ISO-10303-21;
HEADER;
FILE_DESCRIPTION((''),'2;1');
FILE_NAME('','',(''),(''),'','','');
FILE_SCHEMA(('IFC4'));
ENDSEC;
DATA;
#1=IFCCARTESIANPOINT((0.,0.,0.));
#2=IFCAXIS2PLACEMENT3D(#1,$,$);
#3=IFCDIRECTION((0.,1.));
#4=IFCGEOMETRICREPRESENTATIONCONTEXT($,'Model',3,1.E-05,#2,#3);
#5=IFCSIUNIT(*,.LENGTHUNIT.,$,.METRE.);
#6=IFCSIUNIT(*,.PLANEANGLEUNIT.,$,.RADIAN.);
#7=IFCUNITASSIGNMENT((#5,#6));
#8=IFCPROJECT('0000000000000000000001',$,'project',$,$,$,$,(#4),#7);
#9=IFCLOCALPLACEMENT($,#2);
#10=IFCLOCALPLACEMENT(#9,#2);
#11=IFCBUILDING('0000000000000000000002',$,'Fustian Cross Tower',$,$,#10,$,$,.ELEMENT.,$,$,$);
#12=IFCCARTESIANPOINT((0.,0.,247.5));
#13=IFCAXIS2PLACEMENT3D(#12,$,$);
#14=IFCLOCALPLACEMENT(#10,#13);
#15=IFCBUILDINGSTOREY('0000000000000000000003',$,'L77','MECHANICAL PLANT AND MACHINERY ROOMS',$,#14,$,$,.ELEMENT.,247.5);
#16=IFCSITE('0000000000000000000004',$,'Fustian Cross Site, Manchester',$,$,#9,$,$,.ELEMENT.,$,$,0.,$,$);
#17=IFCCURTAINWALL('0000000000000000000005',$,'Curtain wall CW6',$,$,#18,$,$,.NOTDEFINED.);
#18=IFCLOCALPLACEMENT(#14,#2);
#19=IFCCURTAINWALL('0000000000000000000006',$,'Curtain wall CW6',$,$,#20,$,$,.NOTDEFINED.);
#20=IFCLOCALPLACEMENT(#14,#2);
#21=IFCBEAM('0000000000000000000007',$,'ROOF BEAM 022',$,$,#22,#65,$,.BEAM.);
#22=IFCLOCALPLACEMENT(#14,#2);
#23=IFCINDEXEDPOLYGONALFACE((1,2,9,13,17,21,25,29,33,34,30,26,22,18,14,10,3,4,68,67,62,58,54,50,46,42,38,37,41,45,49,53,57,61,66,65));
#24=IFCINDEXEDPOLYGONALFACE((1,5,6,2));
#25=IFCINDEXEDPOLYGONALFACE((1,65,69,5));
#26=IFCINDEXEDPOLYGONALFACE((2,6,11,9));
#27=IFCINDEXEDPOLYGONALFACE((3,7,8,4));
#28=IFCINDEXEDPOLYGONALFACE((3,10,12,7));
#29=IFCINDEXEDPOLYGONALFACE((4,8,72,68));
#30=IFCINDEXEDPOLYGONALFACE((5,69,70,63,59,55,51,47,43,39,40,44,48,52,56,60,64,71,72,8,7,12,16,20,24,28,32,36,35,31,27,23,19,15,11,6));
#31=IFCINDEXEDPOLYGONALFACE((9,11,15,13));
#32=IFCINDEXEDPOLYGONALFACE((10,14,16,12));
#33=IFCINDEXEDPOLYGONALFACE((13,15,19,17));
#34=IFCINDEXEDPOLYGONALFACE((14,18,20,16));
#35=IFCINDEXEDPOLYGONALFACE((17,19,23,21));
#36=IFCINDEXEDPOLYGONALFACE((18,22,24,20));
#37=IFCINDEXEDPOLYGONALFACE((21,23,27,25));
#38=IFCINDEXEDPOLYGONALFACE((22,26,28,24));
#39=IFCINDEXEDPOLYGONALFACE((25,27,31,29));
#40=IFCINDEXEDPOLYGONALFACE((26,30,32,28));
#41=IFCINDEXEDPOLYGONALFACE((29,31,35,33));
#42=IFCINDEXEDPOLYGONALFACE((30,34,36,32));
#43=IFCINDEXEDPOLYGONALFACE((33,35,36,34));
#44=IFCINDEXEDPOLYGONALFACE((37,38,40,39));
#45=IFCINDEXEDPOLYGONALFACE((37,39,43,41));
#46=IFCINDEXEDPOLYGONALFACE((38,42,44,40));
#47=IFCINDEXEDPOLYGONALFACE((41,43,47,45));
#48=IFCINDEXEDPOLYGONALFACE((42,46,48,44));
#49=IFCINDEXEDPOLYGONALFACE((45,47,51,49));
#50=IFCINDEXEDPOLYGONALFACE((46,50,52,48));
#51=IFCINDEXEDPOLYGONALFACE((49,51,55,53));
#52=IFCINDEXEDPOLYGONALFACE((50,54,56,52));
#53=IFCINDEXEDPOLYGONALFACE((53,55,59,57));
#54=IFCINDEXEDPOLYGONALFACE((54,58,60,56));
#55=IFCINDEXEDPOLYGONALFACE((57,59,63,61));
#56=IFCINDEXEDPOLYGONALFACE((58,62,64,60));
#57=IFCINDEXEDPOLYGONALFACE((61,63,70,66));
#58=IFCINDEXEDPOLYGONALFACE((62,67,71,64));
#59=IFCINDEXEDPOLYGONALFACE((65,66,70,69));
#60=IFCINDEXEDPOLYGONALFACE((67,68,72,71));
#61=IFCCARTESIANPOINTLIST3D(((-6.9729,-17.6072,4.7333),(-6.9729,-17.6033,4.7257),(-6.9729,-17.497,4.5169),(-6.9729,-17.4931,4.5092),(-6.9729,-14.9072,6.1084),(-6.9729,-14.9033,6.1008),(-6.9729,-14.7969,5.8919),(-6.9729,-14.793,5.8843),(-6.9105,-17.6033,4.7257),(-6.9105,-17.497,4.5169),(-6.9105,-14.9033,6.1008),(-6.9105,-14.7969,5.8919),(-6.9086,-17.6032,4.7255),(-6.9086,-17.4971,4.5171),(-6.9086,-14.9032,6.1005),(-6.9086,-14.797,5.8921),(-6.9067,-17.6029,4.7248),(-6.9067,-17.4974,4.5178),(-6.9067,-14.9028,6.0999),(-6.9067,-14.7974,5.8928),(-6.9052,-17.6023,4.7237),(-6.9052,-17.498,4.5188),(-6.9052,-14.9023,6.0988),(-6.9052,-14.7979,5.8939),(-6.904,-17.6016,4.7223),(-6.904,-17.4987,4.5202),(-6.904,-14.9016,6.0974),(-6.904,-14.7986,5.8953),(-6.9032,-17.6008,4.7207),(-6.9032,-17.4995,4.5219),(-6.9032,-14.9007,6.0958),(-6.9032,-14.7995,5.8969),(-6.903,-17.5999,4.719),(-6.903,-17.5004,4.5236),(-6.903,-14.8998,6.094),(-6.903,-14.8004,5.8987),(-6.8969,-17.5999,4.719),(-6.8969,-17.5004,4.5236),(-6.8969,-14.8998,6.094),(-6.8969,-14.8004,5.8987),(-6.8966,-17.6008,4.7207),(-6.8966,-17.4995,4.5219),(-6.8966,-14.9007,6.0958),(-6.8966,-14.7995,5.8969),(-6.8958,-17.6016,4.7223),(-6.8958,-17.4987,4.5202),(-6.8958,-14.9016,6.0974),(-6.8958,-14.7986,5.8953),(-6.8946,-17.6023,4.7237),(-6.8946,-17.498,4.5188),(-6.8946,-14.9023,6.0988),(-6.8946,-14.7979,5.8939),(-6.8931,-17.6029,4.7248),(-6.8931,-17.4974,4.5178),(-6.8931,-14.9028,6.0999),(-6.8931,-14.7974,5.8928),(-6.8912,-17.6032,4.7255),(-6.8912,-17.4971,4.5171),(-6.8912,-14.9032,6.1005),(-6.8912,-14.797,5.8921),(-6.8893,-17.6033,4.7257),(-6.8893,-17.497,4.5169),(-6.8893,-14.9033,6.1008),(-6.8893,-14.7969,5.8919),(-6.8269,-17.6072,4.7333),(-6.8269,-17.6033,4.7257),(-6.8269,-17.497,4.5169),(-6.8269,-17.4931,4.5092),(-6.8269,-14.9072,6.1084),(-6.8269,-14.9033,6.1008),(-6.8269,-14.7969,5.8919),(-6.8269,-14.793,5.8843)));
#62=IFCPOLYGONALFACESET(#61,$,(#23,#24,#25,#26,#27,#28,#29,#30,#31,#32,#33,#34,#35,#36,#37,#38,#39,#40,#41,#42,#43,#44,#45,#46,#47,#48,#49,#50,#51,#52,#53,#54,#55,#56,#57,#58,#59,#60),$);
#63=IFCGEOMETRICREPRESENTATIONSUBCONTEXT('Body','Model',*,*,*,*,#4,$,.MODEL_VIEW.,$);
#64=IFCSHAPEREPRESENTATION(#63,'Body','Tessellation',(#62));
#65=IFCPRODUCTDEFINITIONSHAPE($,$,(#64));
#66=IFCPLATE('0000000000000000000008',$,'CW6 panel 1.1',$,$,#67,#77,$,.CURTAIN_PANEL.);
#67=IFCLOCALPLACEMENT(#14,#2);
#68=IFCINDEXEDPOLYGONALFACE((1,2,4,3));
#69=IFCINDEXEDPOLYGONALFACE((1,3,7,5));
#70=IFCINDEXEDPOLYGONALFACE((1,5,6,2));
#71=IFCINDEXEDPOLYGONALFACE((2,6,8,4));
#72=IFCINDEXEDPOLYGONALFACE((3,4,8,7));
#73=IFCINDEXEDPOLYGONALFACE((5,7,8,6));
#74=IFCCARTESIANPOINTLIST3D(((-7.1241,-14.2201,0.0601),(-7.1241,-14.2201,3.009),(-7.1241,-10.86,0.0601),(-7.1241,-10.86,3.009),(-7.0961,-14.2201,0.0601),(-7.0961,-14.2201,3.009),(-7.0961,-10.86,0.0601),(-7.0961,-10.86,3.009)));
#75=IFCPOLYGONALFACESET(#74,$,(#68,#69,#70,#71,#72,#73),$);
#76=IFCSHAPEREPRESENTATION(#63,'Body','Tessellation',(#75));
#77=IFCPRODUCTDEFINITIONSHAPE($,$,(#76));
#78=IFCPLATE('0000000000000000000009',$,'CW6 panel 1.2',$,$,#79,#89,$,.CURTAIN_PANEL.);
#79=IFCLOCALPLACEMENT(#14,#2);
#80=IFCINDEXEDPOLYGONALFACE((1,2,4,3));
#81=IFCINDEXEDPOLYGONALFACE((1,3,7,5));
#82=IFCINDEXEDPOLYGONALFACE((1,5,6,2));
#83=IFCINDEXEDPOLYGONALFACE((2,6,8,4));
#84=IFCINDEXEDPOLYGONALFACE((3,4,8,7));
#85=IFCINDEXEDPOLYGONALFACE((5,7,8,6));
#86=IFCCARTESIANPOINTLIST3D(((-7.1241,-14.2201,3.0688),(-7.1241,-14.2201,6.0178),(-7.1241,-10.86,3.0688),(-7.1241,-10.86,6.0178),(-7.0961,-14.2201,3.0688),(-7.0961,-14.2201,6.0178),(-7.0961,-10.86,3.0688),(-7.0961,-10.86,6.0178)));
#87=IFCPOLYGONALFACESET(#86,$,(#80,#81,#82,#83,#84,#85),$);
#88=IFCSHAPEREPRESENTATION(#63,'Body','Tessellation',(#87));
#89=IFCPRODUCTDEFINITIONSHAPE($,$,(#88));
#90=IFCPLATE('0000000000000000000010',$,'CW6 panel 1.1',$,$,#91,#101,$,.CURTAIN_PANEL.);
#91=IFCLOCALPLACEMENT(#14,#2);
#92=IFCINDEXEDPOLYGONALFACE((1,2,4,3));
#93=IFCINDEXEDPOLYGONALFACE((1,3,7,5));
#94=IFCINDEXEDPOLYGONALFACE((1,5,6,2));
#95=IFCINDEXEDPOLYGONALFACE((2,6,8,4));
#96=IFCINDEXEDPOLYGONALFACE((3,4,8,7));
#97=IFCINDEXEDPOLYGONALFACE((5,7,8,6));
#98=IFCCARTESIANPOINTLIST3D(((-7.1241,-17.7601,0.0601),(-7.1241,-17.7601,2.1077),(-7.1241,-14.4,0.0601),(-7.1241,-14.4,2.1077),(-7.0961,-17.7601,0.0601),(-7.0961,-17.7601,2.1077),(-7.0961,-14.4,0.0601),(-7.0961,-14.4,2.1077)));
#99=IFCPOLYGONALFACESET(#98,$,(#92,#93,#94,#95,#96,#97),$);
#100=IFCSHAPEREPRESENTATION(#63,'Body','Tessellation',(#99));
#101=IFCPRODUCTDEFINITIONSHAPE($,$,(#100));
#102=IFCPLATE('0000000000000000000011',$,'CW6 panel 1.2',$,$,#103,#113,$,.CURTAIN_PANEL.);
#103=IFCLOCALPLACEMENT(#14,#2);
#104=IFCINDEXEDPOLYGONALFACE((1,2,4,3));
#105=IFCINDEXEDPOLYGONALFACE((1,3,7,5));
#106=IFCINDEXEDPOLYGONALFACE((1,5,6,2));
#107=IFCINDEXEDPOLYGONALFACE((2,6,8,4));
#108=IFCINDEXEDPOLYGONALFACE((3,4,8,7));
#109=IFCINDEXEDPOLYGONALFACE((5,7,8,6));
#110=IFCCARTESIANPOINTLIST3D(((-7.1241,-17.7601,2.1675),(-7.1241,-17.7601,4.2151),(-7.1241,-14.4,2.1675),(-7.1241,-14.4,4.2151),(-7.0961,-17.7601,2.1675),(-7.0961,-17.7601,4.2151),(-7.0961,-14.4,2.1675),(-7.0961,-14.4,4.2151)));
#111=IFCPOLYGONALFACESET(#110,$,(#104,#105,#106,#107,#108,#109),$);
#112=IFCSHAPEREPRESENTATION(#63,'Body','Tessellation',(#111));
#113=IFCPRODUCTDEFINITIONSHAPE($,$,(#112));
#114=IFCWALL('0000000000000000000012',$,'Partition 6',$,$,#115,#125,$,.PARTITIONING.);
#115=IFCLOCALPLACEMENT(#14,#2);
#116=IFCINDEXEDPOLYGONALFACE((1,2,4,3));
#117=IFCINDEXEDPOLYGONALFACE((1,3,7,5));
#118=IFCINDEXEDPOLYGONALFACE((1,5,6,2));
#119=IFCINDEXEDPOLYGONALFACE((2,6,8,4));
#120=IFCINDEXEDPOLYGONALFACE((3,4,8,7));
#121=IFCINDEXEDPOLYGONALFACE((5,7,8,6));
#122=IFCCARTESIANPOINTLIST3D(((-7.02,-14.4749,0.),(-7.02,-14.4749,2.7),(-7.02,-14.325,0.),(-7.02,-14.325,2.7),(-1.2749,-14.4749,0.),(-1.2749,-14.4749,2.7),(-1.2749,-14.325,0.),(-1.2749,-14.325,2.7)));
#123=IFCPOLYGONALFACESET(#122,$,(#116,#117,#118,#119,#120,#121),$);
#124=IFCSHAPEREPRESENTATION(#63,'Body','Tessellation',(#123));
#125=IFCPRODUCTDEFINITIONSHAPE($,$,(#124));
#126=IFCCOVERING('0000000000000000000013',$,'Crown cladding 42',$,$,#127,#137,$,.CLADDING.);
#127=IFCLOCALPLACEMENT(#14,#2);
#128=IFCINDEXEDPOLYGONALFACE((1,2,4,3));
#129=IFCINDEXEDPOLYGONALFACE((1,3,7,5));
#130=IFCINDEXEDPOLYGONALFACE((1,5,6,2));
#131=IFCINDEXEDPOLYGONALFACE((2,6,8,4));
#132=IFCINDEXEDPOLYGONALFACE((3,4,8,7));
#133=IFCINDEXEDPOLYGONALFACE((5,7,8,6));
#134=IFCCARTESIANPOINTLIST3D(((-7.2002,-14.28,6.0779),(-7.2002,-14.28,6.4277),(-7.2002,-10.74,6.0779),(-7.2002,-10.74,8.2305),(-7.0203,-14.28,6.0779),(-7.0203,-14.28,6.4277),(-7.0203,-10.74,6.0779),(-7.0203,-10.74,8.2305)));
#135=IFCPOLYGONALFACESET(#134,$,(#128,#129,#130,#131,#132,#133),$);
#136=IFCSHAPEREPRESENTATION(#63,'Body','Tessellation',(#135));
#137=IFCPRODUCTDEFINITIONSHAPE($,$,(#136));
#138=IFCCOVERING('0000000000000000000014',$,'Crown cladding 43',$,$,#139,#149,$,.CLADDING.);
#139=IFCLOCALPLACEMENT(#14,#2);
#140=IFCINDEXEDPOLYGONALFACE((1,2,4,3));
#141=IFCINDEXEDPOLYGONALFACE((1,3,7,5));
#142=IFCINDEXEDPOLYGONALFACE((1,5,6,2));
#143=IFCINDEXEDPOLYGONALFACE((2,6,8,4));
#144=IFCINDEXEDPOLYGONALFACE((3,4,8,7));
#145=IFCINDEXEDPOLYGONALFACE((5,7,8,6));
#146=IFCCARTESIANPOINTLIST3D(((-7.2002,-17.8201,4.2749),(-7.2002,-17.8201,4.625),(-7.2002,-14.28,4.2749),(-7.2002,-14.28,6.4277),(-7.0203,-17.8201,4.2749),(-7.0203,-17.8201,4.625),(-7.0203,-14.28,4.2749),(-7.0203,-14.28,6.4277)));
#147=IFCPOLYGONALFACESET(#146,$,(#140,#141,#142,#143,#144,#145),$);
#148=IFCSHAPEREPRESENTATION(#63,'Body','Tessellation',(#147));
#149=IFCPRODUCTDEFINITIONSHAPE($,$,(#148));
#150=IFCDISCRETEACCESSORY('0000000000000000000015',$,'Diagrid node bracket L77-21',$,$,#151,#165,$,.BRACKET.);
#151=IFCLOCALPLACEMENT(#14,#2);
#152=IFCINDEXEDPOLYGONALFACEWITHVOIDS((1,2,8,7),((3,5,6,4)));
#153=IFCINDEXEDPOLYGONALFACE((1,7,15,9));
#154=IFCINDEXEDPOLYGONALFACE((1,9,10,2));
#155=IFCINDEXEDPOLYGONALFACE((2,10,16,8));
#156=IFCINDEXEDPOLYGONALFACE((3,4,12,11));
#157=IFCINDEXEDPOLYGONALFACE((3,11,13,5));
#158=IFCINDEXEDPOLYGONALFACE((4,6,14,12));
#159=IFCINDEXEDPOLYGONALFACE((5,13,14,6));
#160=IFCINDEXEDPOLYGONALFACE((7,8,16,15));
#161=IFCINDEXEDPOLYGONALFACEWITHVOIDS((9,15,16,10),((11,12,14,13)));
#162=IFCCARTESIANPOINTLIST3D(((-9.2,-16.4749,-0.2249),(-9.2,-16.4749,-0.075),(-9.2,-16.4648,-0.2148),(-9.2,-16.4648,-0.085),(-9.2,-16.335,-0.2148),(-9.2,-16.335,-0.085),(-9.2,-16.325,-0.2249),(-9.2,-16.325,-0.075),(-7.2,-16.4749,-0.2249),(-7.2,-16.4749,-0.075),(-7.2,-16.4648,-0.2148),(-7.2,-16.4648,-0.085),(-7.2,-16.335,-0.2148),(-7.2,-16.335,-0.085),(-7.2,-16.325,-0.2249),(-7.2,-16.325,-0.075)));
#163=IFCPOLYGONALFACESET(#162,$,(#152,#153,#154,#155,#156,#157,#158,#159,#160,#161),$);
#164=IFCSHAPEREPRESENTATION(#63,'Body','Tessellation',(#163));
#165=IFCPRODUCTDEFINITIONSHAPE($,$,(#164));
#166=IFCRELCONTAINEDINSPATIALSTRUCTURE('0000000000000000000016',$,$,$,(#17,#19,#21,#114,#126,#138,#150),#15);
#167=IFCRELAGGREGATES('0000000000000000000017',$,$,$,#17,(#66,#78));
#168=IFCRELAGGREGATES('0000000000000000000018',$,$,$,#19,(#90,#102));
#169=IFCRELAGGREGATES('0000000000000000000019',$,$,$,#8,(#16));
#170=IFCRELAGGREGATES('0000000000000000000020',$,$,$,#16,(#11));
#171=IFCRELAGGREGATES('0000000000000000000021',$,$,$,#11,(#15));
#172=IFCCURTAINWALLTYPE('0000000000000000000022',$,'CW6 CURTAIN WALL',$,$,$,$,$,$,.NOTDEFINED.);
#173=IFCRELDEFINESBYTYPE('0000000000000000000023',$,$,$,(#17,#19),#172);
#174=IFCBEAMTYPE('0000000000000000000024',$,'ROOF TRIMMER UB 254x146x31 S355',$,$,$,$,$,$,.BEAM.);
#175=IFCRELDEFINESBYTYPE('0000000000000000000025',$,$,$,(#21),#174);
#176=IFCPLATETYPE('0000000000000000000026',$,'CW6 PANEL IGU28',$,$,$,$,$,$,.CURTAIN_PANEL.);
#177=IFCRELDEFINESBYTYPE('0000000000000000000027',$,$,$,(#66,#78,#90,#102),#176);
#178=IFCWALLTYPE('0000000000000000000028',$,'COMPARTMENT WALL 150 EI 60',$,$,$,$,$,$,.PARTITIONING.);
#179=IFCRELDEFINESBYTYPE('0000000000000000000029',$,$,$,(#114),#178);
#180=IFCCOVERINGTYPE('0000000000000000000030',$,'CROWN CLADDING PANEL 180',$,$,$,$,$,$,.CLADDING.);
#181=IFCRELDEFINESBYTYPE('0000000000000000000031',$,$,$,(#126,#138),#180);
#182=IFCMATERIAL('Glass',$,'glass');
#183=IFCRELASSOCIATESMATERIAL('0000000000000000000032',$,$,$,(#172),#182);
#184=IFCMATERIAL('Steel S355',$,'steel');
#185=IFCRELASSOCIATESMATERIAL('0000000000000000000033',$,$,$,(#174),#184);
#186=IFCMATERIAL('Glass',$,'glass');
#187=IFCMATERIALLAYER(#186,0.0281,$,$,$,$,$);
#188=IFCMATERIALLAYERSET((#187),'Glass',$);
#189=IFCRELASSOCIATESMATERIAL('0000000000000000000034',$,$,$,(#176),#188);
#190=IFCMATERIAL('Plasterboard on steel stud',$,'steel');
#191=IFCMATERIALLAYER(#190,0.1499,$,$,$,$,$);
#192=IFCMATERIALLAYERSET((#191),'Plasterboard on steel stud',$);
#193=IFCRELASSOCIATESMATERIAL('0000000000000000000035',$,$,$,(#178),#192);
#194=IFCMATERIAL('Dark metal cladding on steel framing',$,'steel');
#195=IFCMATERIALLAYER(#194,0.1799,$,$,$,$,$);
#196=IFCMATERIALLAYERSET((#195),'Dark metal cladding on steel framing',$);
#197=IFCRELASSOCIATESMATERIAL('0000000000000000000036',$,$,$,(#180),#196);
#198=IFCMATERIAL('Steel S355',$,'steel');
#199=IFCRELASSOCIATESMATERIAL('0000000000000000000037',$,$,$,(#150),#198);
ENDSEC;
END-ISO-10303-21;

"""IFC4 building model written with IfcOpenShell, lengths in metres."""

from ifc_helpers import new_model, si_unit, direction, frame, frame_2d, origin, origin_2d, place, context, subcontext, project, spatial, polyline, rectangle, hollow_rectangle, i_section, outline, extrude, material, layer, layer_set, material_profile, profile_set, type_object, element, aggregate, save


model = new_model("IFC4")

# Units and contexts
model_context = context("Model", 3, precision=1e-05, world=origin(), true_north=direction((0.0, 1.0)))
body_context = subcontext(model_context, "Body", "Model", "MODEL_VIEW")
ifc_project = project(units=[si_unit("LENGTHUNIT", "METRE"), si_unit("PLANEANGLEUNIT", "RADIAN")], contexts=[model_context])

# Site, building, storey
site_placement = place(None, origin())
site = spatial("IfcSite", under=ifc_project, at=site_placement, Name="Fustian Cross Site, Manchester", CompositionType="ELEMENT", RefElevation=0.0)
building_placement = place(site_placement, origin())
building = spatial("IfcBuilding", under=site, at=building_placement, Name="Fustian Cross Tower", CompositionType="ELEMENT")
storey_placement = place(building_placement, frame((0.0, 0.0, 247.5)))
storey = spatial("IfcBuildingStorey", under=building, at=storey_placement, Name="L77", Description="MECHANICAL PLANT AND MACHINERY ROOMS", CompositionType="ELEMENT", Elevation=247.5)

# Shared definitions
ifc_material_1 = material(Name="Glass", Category="glass")
curtain_wall_type = type_object("IfcCurtainWallType", Name="CW6 CURTAIN WALL", PredefinedType="NOTDEFINED", material=ifc_material_1)

# Curtain wall
curtain_wall_1_placement = place(storey_placement, origin())
curtain_wall_1 = element("IfcCurtainWall", 1, at=curtain_wall_1_placement, inside=storey, type_object=curtain_wall_type, Name="Curtain wall CW6", PredefinedType="NOTDEFINED")

# Curtain wall
curtain_wall_2_placement = place(storey_placement, origin())
curtain_wall_2 = element("IfcCurtainWall", 2, at=curtain_wall_2_placement, inside=storey, type_object=curtain_wall_type, Name="Curtain wall CW6", PredefinedType="NOTDEFINED")

# Beam
ifc_material_2 = material(Name="Steel S355", Category="steel")
ifc_material_profile_1 = material_profile(ifc_material_2, i_section(OverallWidth=0.146, OverallDepth=0.2515, WebThickness=0.0061, FlangeThickness=0.0085, FilletRadius=0.0076, at=origin_2d()), Name="UB 254x146x31")
ifc_profile_set_1 = profile_set([ifc_material_profile_1], Name="Steel S355")
beam_type_1 = type_object("IfcBeamType", Name="ROOF TRIMMER UB 254x146x31 S355", PredefinedType="BEAM", material=ifc_profile_set_1)
beam_1_placement = place(storey_placement, frame((-6.8999, -14.8501, 5.9963), z_axis=(0.0, -0.891099, -0.453809), x_axis=(1.0, 0.0, 0.0)))
element("IfcBeam", 3, at=beam_1_placement, inside=storey, type_object=beam_type_1, Name="ROOF BEAM 022", PredefinedType="BEAM", context=body_context, shape_type="SweptSolid", body=[
    extrude(i_section(OverallWidth=0.146, OverallDepth=0.2515, WebThickness=0.0061, FlangeThickness=0.0085, FilletRadius=0.0076, at=origin_2d()), origin(), (0.0, 0.0, 1.0), 3.03),
])

# Plates
ifc_material_3 = material(Name="Glass", Category="glass")
ifc_layer_1 = layer(ifc_material_3, 0.0281)
ifc_layer_set_1 = layer_set([ifc_layer_1], Name="Glass")
plate_type = type_object("IfcPlateType", Name="CW6 PANEL IGU28", PredefinedType="CURTAIN_PANEL", material=ifc_layer_set_1)
plate_1_placement = place(storey_placement, frame((-7.1101, -12.54, 0.0601), z_axis=(0.0, 0.0, 1.0), x_axis=(0.0, -1.0, 0.0)))
plate_1 = element("IfcPlate", 4, at=plate_1_placement, type_object=plate_type, Name="CW6 panel 1.1", PredefinedType="CURTAIN_PANEL", context=body_context, shape_type="SweptSolid", body=[
    extrude(rectangle(XDim=3.3601, YDim=0.0281, at=origin_2d()), origin(), (0.0, 0.0, 1.0), 2.949),
])
plate_2_placement = place(storey_placement, frame((-7.1101, -12.54, 3.0688), z_axis=(0.0, 0.0, 1.0), x_axis=(0.0, -1.0, 0.0)))
plate_2 = element("IfcPlate", 5, at=plate_2_placement, type_object=plate_type, Name="CW6 panel 1.2", PredefinedType="CURTAIN_PANEL", context=body_context, shape_type="SweptSolid", body=[
    extrude(rectangle(XDim=3.3601, YDim=0.0281, at=origin_2d()), origin(), (0.0, 0.0, 1.0), 2.949),
])
aggregate(curtain_wall_1, [plate_1, plate_2])
plate_3_placement = place(storey_placement, frame((-7.1101, -16.0801, 0.0601), z_axis=(0.0, 0.0, 1.0), x_axis=(0.0, -1.0, 0.0)))
plate_3 = element("IfcPlate", 6, at=plate_3_placement, type_object=plate_type, Name="CW6 panel 1.1", PredefinedType="CURTAIN_PANEL", context=body_context, shape_type="SweptSolid", body=[
    extrude(rectangle(XDim=3.3601, YDim=0.0281, at=origin_2d()), origin(), (0.0, 0.0, 1.0), 2.0476),
])
plate_4_placement = place(storey_placement, frame((-7.1101, -16.0801, 2.1675), z_axis=(0.0, 0.0, 1.0), x_axis=(0.0, -1.0, 0.0)))
plate_4 = element("IfcPlate", 7, at=plate_4_placement, type_object=plate_type, Name="CW6 panel 1.2", PredefinedType="CURTAIN_PANEL", context=body_context, shape_type="SweptSolid", body=[
    extrude(rectangle(XDim=3.3601, YDim=0.0281, at=origin_2d()), origin(), (0.0, 0.0, 1.0), 2.0476),
])
aggregate(curtain_wall_2, [plate_3, plate_4])

# Wall
ifc_material_4 = material(Name="Plasterboard on steel stud", Category="steel")
ifc_layer_2 = layer(ifc_material_4, 0.1499)
ifc_layer_set_2 = layer_set([ifc_layer_2], Name="Plasterboard on steel stud")
wall_type = type_object("IfcWallType", Name="COMPARTMENT WALL 150 EI 60", PredefinedType="PARTITIONING", material=ifc_layer_set_2)
wall_placement = place(storey_placement, frame((-7.02, -14.3999, 0.0), z_axis=(0.0, 0.0, 1.0), x_axis=(1.0, 0.0, 0.0)))
element("IfcWall", 8, at=wall_placement, inside=storey, type_object=wall_type, Name="Partition 6", PredefinedType="PARTITIONING", context=body_context, shape_type="SweptSolid", body=[
    extrude(rectangle(XDim=5.7451, YDim=0.1499, at=frame_2d((2.8726, 0.0))), origin(), (0.0, 0.0, 1.0), 2.7),
])

# Coverings
ifc_material_5 = material(Name="Dark metal cladding on steel framing", Category="steel")
ifc_layer_3 = layer(ifc_material_5, 0.1799)
ifc_layer_set_3 = layer_set([ifc_layer_3], Name="Dark metal cladding on steel framing")
covering_type = type_object("IfcCoveringType", Name="CROWN CLADDING PANEL 180", PredefinedType="CLADDING", material=ifc_layer_set_3)
covering_1_placement = place(storey_placement, frame((-7.1101, -10.74, 6.0779), z_axis=(0.0, 0.0, 1.0), x_axis=(0.0, -1.0, 0.0)))
element("IfcCovering", 9, at=covering_1_placement, inside=storey, type_object=covering_type, Name="Crown cladding 42", PredefinedType="CLADDING", context=body_context, shape_type="SweptSolid", body=[
    extrude(outline(polyline([(0.0, 0.0), (3.54, 0.0), (3.54, 0.3499), (0.0, 2.1526), (0.0, 0.0)])), frame((0.0, 0.0898, 0.0), z_axis=(0.0, -1.0, 0.0), x_axis=(1.0, 0.0, 0.0)), (0.0, 0.0, 1.0), 0.1799),
])
covering_2_placement = place(storey_placement, frame((-7.1101, -14.28, 4.2749), z_axis=(0.0, 0.0, 1.0), x_axis=(0.0, -1.0, 0.0)))
element("IfcCovering", 10, at=covering_2_placement, inside=storey, type_object=covering_type, Name="Crown cladding 43", PredefinedType="CLADDING", context=body_context, shape_type="SweptSolid", body=[
    extrude(outline(polyline([(0.0, 0.0), (3.54, 0.0), (3.54, 0.3501), (0.0, 2.1528), (0.0, 0.0)])), frame((0.0, 0.0898, 0.0), z_axis=(0.0, -1.0, 0.0), x_axis=(1.0, 0.0, 0.0)), (0.0, 0.0, 1.0), 0.1799),
])

# Discrete accessory
ifc_material_6 = material(Name="Steel S355", Category="steel")
discrete_accessory_placement = place(storey_placement, frame((-9.2, -16.3999, -0.1499), z_axis=(1.0, 0.0, 0.0), x_axis=(0.0, 1.0, 0.0)))
element("IfcDiscreteAccessory", 11, at=discrete_accessory_placement, inside=storey, material=ifc_material_6, Name="Diagrid node bracket L77-21", PredefinedType="BRACKET", context=body_context, shape_type="SweptSolid", body=[
    extrude(hollow_rectangle(XDim=0.1499, YDim=0.1499, WallThickness=0.01, at=origin_2d()), origin(), (0.0, 0.0, 1.0), 2.0),
])

save(model, "model.ifc")
